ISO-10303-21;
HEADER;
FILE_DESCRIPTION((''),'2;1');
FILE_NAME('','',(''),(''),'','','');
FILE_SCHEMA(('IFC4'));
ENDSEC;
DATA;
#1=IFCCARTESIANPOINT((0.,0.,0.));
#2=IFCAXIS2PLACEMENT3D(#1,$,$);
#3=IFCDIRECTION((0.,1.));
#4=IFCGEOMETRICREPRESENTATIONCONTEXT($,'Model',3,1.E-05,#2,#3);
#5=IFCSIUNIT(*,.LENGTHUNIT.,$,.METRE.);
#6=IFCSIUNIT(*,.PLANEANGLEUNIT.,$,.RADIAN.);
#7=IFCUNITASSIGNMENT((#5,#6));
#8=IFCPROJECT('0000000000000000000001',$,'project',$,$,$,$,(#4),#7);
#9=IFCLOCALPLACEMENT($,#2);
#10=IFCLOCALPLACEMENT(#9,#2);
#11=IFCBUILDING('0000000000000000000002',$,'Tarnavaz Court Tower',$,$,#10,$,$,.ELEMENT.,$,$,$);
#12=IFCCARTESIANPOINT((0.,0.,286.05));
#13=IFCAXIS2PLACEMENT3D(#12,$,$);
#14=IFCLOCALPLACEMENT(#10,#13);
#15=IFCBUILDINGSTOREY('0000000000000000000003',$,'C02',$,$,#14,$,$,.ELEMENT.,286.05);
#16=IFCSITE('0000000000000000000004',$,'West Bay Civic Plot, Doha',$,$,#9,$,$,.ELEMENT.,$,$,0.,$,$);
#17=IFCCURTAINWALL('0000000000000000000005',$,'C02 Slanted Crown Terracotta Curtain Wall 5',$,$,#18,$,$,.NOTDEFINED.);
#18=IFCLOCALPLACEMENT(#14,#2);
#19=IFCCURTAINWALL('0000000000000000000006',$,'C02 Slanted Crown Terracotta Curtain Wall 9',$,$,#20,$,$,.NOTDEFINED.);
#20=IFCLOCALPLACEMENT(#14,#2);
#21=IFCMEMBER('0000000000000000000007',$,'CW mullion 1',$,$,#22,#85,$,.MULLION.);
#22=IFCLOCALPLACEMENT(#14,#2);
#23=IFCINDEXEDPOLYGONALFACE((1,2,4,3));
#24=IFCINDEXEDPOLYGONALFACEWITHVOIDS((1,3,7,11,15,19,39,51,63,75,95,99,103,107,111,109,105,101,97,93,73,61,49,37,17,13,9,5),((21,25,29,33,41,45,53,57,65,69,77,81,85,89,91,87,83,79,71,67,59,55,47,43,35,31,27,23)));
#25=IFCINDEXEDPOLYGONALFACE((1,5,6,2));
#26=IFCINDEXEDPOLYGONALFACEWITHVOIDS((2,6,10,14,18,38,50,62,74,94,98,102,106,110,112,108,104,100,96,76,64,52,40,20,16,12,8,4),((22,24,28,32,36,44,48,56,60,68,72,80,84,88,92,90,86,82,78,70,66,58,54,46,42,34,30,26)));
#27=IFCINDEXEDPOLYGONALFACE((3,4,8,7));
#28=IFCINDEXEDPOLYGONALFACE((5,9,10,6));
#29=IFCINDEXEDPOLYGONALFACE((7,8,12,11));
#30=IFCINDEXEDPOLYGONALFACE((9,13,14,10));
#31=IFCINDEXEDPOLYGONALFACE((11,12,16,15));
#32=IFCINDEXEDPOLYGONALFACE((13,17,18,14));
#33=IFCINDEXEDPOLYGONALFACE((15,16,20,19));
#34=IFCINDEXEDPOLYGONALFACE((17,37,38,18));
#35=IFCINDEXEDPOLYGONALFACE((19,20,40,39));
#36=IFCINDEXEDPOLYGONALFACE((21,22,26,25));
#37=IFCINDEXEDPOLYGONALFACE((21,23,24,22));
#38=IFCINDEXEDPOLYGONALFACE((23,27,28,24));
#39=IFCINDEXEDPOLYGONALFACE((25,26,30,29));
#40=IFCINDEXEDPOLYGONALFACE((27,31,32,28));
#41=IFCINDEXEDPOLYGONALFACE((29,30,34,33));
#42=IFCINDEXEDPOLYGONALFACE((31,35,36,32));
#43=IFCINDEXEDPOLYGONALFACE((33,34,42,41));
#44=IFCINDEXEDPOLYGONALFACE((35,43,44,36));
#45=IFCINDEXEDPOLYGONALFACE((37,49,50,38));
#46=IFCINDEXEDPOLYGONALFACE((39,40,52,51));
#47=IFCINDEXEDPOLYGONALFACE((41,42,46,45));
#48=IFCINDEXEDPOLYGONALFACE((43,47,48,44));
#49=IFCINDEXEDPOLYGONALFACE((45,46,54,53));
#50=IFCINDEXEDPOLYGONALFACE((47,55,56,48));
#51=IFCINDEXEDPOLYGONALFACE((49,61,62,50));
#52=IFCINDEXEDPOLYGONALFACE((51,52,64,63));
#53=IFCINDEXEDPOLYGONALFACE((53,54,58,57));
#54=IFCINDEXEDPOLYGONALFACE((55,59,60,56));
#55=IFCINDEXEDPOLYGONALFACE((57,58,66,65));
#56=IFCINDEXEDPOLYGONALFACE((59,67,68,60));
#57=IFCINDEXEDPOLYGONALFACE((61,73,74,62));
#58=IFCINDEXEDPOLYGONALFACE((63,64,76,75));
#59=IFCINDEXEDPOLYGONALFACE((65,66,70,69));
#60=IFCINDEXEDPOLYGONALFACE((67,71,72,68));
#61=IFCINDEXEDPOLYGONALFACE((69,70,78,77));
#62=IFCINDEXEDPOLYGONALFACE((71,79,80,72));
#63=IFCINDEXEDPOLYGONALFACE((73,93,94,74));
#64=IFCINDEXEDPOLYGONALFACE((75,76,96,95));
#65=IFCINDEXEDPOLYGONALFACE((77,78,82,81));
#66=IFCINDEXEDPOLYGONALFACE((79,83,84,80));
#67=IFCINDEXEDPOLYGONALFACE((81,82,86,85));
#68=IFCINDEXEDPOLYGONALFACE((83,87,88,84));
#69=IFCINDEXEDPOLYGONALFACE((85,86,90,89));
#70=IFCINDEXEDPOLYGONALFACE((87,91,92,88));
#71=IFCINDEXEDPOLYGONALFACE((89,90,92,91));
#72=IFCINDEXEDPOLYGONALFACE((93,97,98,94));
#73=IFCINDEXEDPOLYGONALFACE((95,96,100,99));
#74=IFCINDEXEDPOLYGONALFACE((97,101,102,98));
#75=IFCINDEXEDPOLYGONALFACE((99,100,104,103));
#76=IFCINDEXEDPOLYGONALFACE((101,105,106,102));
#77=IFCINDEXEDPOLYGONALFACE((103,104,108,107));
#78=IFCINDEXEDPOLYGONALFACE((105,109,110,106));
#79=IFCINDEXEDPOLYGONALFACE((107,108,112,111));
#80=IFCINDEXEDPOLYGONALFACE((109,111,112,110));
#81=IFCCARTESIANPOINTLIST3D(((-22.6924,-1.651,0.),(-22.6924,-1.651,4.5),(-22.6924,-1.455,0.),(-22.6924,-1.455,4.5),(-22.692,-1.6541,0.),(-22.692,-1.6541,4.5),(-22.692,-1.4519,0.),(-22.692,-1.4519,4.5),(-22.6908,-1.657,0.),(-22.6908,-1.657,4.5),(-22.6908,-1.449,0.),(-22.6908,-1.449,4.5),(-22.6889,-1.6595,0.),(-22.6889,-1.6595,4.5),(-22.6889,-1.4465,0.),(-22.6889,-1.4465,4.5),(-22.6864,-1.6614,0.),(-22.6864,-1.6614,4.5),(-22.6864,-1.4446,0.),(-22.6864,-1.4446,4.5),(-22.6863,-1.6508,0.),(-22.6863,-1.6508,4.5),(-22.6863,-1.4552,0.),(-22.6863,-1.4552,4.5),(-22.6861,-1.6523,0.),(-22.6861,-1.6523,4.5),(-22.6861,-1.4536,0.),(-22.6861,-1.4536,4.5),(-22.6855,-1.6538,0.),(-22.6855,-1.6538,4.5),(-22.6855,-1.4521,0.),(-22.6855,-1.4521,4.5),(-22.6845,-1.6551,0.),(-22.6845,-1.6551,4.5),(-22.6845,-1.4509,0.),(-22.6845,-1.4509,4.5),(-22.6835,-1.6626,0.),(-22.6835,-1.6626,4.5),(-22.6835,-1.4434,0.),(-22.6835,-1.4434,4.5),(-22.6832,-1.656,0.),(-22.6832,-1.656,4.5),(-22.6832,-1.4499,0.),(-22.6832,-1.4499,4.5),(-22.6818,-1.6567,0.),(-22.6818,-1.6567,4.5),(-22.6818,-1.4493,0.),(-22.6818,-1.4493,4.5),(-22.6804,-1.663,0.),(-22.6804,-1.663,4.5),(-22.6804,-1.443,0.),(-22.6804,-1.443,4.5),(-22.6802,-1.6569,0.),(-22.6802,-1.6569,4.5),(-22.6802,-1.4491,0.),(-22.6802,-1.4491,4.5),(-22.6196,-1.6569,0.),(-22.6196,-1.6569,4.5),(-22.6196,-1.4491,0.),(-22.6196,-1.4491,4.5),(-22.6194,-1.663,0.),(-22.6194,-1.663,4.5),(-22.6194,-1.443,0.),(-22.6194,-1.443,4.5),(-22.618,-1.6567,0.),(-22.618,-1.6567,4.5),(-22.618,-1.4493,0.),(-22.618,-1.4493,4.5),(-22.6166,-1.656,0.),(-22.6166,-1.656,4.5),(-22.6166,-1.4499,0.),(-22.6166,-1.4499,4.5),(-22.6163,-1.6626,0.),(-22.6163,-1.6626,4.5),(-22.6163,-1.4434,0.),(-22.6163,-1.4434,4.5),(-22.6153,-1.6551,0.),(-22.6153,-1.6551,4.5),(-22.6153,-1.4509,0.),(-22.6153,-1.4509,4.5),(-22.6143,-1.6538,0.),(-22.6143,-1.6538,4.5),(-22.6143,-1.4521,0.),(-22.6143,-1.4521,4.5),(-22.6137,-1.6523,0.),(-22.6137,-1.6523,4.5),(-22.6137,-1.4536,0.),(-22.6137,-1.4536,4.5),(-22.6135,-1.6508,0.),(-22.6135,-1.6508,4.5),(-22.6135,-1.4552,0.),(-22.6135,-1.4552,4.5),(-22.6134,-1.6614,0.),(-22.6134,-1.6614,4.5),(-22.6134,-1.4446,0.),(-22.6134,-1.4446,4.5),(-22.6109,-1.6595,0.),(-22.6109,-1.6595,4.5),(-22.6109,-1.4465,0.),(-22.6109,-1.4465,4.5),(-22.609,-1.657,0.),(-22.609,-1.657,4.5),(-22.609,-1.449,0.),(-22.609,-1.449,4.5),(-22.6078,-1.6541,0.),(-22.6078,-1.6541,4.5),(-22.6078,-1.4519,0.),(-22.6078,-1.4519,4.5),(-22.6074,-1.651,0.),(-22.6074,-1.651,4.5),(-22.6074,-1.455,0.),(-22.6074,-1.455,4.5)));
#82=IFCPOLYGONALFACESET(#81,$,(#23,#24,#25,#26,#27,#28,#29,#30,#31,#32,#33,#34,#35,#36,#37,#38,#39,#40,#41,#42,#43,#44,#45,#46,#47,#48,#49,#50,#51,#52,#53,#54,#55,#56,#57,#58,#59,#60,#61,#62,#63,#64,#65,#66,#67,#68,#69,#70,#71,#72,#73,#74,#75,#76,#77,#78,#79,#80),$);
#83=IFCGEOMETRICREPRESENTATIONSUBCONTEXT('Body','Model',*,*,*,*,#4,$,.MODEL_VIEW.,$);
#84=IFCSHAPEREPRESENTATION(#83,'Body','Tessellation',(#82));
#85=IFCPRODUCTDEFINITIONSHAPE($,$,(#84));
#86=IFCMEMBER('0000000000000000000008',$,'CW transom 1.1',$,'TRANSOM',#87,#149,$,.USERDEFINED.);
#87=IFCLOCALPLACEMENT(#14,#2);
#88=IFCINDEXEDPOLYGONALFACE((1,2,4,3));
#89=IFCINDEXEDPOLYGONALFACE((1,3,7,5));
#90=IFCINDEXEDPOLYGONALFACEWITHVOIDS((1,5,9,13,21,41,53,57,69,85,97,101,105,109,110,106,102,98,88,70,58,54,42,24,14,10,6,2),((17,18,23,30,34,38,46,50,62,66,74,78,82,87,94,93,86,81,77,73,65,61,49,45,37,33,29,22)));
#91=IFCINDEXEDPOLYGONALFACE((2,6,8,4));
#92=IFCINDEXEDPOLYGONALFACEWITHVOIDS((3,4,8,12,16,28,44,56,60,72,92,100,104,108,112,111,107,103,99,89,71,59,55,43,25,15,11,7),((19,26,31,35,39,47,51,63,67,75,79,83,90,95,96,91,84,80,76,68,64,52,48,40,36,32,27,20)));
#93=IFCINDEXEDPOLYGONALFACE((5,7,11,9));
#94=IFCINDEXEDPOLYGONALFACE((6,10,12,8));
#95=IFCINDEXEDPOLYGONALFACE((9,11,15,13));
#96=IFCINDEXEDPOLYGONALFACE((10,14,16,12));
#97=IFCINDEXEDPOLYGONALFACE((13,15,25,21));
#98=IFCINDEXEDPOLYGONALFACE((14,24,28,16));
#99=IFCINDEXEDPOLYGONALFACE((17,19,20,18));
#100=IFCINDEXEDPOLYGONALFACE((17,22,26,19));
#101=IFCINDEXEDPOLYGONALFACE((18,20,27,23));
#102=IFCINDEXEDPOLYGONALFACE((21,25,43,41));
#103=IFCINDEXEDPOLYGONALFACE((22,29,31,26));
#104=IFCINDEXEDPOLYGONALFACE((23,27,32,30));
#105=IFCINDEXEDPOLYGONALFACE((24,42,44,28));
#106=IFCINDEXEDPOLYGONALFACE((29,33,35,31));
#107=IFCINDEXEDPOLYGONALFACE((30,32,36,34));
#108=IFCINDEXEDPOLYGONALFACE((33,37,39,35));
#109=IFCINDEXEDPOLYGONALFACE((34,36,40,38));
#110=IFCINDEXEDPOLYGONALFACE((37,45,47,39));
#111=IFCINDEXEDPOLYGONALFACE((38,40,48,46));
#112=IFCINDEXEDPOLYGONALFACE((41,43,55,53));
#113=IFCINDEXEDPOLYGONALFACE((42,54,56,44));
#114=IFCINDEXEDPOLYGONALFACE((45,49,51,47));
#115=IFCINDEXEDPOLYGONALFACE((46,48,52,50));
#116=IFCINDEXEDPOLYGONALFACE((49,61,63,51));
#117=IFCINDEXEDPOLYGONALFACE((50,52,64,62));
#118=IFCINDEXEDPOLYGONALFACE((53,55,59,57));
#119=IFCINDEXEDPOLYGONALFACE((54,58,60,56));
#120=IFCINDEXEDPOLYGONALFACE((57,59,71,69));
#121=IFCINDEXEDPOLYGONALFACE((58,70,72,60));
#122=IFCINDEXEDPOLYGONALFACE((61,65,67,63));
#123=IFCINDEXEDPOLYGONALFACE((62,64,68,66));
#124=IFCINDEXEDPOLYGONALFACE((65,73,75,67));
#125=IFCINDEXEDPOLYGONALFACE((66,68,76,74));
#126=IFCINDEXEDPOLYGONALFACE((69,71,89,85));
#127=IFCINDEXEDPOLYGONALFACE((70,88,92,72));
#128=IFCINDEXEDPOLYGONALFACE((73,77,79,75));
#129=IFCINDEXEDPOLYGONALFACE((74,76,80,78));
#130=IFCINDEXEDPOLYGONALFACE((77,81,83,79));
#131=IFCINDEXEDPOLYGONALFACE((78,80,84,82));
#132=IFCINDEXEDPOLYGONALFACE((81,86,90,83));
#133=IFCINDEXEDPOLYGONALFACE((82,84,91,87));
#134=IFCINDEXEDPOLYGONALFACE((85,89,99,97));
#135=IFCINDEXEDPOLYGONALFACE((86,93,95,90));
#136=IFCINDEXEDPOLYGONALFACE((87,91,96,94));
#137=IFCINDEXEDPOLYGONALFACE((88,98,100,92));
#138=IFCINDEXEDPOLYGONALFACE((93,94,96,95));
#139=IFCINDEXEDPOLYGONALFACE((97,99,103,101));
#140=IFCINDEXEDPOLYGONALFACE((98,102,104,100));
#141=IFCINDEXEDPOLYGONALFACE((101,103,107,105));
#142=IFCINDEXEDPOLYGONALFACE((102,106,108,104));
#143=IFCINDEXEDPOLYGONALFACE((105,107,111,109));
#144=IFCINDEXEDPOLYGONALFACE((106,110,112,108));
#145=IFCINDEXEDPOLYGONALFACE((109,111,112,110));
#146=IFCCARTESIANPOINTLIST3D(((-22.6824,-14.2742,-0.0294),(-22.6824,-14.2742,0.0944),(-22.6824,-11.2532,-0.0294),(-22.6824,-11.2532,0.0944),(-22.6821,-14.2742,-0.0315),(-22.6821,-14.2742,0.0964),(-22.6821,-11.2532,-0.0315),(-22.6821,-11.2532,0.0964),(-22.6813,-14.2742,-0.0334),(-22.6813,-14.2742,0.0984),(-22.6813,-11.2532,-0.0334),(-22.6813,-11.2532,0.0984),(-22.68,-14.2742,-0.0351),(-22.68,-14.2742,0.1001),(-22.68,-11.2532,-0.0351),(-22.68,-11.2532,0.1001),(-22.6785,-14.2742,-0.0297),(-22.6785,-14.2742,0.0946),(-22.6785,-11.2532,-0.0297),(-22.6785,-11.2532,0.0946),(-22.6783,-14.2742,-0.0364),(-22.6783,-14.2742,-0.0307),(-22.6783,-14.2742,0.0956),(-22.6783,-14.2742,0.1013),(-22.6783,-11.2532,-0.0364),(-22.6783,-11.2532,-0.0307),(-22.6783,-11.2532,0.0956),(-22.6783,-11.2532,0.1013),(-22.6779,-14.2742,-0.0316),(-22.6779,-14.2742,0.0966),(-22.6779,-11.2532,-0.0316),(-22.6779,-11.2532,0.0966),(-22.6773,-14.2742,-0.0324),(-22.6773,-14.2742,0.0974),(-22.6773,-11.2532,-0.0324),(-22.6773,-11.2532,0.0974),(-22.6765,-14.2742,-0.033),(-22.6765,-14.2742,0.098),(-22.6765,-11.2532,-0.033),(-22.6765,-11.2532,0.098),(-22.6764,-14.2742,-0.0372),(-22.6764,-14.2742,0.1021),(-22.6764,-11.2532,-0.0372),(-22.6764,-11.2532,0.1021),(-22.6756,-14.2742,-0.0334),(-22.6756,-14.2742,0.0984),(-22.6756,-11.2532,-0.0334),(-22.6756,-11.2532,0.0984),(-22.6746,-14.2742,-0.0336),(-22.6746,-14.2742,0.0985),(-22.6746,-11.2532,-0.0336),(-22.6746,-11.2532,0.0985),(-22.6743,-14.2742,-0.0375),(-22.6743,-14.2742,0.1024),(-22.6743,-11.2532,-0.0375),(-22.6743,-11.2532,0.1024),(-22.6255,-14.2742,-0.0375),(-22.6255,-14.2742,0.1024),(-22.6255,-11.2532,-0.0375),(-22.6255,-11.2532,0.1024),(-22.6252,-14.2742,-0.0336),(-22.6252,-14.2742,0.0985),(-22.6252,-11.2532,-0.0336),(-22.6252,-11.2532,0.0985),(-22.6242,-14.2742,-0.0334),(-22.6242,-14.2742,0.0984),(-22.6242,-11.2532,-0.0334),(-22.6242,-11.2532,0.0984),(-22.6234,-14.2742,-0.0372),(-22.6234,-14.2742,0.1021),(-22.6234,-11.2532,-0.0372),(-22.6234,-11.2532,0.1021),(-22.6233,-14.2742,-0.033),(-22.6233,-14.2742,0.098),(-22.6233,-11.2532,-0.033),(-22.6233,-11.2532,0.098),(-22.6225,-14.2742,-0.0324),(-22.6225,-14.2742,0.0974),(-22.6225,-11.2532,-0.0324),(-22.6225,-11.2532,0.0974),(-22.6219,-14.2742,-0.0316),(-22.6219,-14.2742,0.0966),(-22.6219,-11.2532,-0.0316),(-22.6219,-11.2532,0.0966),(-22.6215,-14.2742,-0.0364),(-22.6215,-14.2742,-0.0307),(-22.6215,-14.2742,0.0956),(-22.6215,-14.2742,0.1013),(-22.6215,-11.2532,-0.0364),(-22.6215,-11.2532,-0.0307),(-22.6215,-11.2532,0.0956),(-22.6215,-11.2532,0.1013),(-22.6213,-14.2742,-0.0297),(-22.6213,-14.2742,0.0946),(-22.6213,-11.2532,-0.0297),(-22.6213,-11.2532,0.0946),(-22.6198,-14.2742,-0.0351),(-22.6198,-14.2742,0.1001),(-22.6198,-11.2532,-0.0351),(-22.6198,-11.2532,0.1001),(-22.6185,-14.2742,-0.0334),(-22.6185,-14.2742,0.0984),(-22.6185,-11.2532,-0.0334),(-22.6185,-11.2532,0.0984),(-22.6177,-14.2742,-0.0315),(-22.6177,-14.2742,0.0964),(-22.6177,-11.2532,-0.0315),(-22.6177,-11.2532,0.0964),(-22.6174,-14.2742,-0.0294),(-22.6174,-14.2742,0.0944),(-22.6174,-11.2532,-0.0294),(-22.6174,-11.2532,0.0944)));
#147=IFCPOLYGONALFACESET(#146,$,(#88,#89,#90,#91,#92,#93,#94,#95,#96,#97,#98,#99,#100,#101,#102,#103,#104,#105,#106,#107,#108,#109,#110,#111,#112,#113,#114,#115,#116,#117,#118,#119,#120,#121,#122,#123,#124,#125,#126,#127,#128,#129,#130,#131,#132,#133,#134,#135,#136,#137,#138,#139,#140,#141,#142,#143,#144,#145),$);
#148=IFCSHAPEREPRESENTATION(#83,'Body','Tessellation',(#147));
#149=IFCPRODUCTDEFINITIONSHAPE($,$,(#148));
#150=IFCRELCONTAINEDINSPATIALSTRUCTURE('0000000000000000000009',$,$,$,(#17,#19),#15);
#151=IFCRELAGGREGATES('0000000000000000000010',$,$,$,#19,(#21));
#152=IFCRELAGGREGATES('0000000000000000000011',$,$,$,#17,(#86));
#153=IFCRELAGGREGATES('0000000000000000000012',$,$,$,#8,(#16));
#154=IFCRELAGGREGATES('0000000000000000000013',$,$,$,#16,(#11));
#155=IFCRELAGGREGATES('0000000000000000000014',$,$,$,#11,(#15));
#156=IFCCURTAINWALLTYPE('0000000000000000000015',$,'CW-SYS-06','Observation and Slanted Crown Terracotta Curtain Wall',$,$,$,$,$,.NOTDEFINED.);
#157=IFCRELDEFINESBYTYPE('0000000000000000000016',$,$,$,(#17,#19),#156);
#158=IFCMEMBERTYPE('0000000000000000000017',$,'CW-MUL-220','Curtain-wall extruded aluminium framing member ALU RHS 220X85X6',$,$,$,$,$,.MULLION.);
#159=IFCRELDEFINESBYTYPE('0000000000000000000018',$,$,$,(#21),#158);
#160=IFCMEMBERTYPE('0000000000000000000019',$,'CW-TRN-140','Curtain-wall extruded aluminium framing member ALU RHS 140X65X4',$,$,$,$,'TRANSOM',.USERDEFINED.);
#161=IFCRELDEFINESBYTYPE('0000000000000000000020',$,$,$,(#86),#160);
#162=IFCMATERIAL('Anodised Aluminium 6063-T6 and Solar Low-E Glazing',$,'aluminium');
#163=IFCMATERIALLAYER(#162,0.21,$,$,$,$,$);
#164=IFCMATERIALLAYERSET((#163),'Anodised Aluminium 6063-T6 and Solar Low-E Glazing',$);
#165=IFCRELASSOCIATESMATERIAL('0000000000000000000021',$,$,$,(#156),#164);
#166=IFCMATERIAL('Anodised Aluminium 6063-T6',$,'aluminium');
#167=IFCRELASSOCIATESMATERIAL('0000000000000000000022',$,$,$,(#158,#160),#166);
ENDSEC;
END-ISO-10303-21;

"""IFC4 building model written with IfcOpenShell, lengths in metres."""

from ifc_helpers import new_model, si_unit, direction, frame, origin, origin_2d, place, context, subcontext, project, spatial, hollow_rectangle, extrude, material, layer, layer_set, material_profile, profile_set, type_object, element, aggregate, save


model = new_model("IFC4")

# Units and contexts
model_context = context("Model", 3, precision=1e-05, world=origin(), true_north=direction((0.0, 1.0)))
body_context = subcontext(model_context, "Body", "Model", "MODEL_VIEW")
ifc_project = project(units=[si_unit("LENGTHUNIT", "METRE"), si_unit("PLANEANGLEUNIT", "RADIAN")], contexts=[model_context])

# Site, building, storey
site_placement = place(None, origin())
site = spatial("IfcSite", under=ifc_project, at=site_placement, Name="West Bay Civic Plot, Doha", CompositionType="ELEMENT", RefElevation=0.0)
building_placement = place(site_placement, origin())
building = spatial("IfcBuilding", under=site, at=building_placement, Name="Tarnavaz Court Tower", CompositionType="ELEMENT")
storey_placement = place(building_placement, frame((0.0, 0.0, 286.05)))
storey = spatial("IfcBuildingStorey", under=building, at=storey_placement, Name="C02", CompositionType="ELEMENT", Elevation=286.05)

# Curtain wall
ifc_material_1 = material(Name="Anodised Aluminium 6063-T6 and Solar Low-E Glazing", Category="aluminium")
ifc_layer_1 = layer(ifc_material_1, 0.21)
ifc_layer_set_1 = layer_set([ifc_layer_1], Name="Anodised Aluminium 6063-T6 and Solar Low-E Glazing")
curtain_wall_type = type_object("IfcCurtainWallType", Name="CW-SYS-06", Description="Observation and Slanted Crown Terracotta Curtain Wall", PredefinedType="NOTDEFINED", material=ifc_layer_set_1)
curtain_wall_1_placement = place(storey_placement, origin())
curtain_wall_1 = element("IfcCurtainWall", 1, at=curtain_wall_1_placement, inside=storey, type_object=curtain_wall_type, Name="C02 Slanted Crown Terracotta Curtain Wall 5", PredefinedType="NOTDEFINED")
ifc_material_2 = material(Name="Anodised Aluminium 6063-T6", Category="aluminium")
ifc_material_profile_1 = material_profile(ifc_material_2, hollow_rectangle(XDim=0.085, YDim=0.22, WallThickness=0.0061, InnerFilletRadius=0.0061, OuterFilletRadius=0.012, at=origin_2d()), Name="ALU RHS 220X85X6")
ifc_profile_set_1 = profile_set([ifc_material_profile_1], Name="Anodised Aluminium 6063-T6")
member_type_1 = type_object("IfcMemberType", Name="CW-MUL-220", Description="Curtain-wall extruded aluminium framing member ALU RHS 220X85X6", PredefinedType="MULLION", material=ifc_profile_set_1)

# Curtain wall, member
curtain_wall_2_placement = place(storey_placement, origin())
curtain_wall_2 = element("IfcCurtainWall", 2, at=curtain_wall_2_placement, inside=storey, type_object=curtain_wall_type, Name="C02 Slanted Crown Terracotta Curtain Wall 9", PredefinedType="NOTDEFINED")
member_1_placement = place(storey_placement, frame((-22.6499, -1.553, 0.0), z_axis=(0.0, 0.0, 1.0), x_axis=(-1.0, 0.0, 0.0)))
member_1 = element("IfcMember", 3, at=member_1_placement, type_object=member_type_1, Name="CW mullion 1", PredefinedType="MULLION", context=body_context, shape_type="SweptSolid", body=[
    extrude(hollow_rectangle(XDim=0.085, YDim=0.22, WallThickness=0.0061, InnerFilletRadius=0.0061, OuterFilletRadius=0.012, at=origin_2d()), origin(), (0.0, 0.0, 1.0), 4.5),
])

# Member
ifc_material_profile_2 = material_profile(ifc_material_2, hollow_rectangle(XDim=0.0649, YDim=0.1399, WallThickness=0.0039, InnerFilletRadius=0.0039, OuterFilletRadius=0.0081, at=origin_2d()), Name="ALU RHS 140X65X4")
ifc_profile_set_2 = profile_set([ifc_material_profile_2], Name="Anodised Aluminium 6063-T6")
member_type_2 = type_object("IfcMemberType", Name="CW-TRN-140", Description="Curtain-wall extruded aluminium framing member ALU RHS 140X65X4", ElementType="TRANSOM", PredefinedType="USERDEFINED", material=ifc_profile_set_2)
member_2_placement = place(storey_placement, frame((-22.6499, -14.2742, 0.0325), z_axis=(0.0, 1.0, 0.0), x_axis=(-1.0, 0.0, 0.0)))
member_2 = element("IfcMember", 4, at=member_2_placement, type_object=member_type_2, Name="CW transom 1.1", ObjectType="TRANSOM", PredefinedType="USERDEFINED", context=body_context, shape_type="SweptSolid", body=[
    extrude(hollow_rectangle(XDim=0.0649, YDim=0.1399, WallThickness=0.0039, InnerFilletRadius=0.0039, OuterFilletRadius=0.0081, at=origin_2d()), origin(), (0.0, 0.0, 1.0), 3.021),
])
aggregate(curtain_wall_2, [member_1])

aggregate(curtain_wall_1, [member_2])

save(model, "model.ifc")
